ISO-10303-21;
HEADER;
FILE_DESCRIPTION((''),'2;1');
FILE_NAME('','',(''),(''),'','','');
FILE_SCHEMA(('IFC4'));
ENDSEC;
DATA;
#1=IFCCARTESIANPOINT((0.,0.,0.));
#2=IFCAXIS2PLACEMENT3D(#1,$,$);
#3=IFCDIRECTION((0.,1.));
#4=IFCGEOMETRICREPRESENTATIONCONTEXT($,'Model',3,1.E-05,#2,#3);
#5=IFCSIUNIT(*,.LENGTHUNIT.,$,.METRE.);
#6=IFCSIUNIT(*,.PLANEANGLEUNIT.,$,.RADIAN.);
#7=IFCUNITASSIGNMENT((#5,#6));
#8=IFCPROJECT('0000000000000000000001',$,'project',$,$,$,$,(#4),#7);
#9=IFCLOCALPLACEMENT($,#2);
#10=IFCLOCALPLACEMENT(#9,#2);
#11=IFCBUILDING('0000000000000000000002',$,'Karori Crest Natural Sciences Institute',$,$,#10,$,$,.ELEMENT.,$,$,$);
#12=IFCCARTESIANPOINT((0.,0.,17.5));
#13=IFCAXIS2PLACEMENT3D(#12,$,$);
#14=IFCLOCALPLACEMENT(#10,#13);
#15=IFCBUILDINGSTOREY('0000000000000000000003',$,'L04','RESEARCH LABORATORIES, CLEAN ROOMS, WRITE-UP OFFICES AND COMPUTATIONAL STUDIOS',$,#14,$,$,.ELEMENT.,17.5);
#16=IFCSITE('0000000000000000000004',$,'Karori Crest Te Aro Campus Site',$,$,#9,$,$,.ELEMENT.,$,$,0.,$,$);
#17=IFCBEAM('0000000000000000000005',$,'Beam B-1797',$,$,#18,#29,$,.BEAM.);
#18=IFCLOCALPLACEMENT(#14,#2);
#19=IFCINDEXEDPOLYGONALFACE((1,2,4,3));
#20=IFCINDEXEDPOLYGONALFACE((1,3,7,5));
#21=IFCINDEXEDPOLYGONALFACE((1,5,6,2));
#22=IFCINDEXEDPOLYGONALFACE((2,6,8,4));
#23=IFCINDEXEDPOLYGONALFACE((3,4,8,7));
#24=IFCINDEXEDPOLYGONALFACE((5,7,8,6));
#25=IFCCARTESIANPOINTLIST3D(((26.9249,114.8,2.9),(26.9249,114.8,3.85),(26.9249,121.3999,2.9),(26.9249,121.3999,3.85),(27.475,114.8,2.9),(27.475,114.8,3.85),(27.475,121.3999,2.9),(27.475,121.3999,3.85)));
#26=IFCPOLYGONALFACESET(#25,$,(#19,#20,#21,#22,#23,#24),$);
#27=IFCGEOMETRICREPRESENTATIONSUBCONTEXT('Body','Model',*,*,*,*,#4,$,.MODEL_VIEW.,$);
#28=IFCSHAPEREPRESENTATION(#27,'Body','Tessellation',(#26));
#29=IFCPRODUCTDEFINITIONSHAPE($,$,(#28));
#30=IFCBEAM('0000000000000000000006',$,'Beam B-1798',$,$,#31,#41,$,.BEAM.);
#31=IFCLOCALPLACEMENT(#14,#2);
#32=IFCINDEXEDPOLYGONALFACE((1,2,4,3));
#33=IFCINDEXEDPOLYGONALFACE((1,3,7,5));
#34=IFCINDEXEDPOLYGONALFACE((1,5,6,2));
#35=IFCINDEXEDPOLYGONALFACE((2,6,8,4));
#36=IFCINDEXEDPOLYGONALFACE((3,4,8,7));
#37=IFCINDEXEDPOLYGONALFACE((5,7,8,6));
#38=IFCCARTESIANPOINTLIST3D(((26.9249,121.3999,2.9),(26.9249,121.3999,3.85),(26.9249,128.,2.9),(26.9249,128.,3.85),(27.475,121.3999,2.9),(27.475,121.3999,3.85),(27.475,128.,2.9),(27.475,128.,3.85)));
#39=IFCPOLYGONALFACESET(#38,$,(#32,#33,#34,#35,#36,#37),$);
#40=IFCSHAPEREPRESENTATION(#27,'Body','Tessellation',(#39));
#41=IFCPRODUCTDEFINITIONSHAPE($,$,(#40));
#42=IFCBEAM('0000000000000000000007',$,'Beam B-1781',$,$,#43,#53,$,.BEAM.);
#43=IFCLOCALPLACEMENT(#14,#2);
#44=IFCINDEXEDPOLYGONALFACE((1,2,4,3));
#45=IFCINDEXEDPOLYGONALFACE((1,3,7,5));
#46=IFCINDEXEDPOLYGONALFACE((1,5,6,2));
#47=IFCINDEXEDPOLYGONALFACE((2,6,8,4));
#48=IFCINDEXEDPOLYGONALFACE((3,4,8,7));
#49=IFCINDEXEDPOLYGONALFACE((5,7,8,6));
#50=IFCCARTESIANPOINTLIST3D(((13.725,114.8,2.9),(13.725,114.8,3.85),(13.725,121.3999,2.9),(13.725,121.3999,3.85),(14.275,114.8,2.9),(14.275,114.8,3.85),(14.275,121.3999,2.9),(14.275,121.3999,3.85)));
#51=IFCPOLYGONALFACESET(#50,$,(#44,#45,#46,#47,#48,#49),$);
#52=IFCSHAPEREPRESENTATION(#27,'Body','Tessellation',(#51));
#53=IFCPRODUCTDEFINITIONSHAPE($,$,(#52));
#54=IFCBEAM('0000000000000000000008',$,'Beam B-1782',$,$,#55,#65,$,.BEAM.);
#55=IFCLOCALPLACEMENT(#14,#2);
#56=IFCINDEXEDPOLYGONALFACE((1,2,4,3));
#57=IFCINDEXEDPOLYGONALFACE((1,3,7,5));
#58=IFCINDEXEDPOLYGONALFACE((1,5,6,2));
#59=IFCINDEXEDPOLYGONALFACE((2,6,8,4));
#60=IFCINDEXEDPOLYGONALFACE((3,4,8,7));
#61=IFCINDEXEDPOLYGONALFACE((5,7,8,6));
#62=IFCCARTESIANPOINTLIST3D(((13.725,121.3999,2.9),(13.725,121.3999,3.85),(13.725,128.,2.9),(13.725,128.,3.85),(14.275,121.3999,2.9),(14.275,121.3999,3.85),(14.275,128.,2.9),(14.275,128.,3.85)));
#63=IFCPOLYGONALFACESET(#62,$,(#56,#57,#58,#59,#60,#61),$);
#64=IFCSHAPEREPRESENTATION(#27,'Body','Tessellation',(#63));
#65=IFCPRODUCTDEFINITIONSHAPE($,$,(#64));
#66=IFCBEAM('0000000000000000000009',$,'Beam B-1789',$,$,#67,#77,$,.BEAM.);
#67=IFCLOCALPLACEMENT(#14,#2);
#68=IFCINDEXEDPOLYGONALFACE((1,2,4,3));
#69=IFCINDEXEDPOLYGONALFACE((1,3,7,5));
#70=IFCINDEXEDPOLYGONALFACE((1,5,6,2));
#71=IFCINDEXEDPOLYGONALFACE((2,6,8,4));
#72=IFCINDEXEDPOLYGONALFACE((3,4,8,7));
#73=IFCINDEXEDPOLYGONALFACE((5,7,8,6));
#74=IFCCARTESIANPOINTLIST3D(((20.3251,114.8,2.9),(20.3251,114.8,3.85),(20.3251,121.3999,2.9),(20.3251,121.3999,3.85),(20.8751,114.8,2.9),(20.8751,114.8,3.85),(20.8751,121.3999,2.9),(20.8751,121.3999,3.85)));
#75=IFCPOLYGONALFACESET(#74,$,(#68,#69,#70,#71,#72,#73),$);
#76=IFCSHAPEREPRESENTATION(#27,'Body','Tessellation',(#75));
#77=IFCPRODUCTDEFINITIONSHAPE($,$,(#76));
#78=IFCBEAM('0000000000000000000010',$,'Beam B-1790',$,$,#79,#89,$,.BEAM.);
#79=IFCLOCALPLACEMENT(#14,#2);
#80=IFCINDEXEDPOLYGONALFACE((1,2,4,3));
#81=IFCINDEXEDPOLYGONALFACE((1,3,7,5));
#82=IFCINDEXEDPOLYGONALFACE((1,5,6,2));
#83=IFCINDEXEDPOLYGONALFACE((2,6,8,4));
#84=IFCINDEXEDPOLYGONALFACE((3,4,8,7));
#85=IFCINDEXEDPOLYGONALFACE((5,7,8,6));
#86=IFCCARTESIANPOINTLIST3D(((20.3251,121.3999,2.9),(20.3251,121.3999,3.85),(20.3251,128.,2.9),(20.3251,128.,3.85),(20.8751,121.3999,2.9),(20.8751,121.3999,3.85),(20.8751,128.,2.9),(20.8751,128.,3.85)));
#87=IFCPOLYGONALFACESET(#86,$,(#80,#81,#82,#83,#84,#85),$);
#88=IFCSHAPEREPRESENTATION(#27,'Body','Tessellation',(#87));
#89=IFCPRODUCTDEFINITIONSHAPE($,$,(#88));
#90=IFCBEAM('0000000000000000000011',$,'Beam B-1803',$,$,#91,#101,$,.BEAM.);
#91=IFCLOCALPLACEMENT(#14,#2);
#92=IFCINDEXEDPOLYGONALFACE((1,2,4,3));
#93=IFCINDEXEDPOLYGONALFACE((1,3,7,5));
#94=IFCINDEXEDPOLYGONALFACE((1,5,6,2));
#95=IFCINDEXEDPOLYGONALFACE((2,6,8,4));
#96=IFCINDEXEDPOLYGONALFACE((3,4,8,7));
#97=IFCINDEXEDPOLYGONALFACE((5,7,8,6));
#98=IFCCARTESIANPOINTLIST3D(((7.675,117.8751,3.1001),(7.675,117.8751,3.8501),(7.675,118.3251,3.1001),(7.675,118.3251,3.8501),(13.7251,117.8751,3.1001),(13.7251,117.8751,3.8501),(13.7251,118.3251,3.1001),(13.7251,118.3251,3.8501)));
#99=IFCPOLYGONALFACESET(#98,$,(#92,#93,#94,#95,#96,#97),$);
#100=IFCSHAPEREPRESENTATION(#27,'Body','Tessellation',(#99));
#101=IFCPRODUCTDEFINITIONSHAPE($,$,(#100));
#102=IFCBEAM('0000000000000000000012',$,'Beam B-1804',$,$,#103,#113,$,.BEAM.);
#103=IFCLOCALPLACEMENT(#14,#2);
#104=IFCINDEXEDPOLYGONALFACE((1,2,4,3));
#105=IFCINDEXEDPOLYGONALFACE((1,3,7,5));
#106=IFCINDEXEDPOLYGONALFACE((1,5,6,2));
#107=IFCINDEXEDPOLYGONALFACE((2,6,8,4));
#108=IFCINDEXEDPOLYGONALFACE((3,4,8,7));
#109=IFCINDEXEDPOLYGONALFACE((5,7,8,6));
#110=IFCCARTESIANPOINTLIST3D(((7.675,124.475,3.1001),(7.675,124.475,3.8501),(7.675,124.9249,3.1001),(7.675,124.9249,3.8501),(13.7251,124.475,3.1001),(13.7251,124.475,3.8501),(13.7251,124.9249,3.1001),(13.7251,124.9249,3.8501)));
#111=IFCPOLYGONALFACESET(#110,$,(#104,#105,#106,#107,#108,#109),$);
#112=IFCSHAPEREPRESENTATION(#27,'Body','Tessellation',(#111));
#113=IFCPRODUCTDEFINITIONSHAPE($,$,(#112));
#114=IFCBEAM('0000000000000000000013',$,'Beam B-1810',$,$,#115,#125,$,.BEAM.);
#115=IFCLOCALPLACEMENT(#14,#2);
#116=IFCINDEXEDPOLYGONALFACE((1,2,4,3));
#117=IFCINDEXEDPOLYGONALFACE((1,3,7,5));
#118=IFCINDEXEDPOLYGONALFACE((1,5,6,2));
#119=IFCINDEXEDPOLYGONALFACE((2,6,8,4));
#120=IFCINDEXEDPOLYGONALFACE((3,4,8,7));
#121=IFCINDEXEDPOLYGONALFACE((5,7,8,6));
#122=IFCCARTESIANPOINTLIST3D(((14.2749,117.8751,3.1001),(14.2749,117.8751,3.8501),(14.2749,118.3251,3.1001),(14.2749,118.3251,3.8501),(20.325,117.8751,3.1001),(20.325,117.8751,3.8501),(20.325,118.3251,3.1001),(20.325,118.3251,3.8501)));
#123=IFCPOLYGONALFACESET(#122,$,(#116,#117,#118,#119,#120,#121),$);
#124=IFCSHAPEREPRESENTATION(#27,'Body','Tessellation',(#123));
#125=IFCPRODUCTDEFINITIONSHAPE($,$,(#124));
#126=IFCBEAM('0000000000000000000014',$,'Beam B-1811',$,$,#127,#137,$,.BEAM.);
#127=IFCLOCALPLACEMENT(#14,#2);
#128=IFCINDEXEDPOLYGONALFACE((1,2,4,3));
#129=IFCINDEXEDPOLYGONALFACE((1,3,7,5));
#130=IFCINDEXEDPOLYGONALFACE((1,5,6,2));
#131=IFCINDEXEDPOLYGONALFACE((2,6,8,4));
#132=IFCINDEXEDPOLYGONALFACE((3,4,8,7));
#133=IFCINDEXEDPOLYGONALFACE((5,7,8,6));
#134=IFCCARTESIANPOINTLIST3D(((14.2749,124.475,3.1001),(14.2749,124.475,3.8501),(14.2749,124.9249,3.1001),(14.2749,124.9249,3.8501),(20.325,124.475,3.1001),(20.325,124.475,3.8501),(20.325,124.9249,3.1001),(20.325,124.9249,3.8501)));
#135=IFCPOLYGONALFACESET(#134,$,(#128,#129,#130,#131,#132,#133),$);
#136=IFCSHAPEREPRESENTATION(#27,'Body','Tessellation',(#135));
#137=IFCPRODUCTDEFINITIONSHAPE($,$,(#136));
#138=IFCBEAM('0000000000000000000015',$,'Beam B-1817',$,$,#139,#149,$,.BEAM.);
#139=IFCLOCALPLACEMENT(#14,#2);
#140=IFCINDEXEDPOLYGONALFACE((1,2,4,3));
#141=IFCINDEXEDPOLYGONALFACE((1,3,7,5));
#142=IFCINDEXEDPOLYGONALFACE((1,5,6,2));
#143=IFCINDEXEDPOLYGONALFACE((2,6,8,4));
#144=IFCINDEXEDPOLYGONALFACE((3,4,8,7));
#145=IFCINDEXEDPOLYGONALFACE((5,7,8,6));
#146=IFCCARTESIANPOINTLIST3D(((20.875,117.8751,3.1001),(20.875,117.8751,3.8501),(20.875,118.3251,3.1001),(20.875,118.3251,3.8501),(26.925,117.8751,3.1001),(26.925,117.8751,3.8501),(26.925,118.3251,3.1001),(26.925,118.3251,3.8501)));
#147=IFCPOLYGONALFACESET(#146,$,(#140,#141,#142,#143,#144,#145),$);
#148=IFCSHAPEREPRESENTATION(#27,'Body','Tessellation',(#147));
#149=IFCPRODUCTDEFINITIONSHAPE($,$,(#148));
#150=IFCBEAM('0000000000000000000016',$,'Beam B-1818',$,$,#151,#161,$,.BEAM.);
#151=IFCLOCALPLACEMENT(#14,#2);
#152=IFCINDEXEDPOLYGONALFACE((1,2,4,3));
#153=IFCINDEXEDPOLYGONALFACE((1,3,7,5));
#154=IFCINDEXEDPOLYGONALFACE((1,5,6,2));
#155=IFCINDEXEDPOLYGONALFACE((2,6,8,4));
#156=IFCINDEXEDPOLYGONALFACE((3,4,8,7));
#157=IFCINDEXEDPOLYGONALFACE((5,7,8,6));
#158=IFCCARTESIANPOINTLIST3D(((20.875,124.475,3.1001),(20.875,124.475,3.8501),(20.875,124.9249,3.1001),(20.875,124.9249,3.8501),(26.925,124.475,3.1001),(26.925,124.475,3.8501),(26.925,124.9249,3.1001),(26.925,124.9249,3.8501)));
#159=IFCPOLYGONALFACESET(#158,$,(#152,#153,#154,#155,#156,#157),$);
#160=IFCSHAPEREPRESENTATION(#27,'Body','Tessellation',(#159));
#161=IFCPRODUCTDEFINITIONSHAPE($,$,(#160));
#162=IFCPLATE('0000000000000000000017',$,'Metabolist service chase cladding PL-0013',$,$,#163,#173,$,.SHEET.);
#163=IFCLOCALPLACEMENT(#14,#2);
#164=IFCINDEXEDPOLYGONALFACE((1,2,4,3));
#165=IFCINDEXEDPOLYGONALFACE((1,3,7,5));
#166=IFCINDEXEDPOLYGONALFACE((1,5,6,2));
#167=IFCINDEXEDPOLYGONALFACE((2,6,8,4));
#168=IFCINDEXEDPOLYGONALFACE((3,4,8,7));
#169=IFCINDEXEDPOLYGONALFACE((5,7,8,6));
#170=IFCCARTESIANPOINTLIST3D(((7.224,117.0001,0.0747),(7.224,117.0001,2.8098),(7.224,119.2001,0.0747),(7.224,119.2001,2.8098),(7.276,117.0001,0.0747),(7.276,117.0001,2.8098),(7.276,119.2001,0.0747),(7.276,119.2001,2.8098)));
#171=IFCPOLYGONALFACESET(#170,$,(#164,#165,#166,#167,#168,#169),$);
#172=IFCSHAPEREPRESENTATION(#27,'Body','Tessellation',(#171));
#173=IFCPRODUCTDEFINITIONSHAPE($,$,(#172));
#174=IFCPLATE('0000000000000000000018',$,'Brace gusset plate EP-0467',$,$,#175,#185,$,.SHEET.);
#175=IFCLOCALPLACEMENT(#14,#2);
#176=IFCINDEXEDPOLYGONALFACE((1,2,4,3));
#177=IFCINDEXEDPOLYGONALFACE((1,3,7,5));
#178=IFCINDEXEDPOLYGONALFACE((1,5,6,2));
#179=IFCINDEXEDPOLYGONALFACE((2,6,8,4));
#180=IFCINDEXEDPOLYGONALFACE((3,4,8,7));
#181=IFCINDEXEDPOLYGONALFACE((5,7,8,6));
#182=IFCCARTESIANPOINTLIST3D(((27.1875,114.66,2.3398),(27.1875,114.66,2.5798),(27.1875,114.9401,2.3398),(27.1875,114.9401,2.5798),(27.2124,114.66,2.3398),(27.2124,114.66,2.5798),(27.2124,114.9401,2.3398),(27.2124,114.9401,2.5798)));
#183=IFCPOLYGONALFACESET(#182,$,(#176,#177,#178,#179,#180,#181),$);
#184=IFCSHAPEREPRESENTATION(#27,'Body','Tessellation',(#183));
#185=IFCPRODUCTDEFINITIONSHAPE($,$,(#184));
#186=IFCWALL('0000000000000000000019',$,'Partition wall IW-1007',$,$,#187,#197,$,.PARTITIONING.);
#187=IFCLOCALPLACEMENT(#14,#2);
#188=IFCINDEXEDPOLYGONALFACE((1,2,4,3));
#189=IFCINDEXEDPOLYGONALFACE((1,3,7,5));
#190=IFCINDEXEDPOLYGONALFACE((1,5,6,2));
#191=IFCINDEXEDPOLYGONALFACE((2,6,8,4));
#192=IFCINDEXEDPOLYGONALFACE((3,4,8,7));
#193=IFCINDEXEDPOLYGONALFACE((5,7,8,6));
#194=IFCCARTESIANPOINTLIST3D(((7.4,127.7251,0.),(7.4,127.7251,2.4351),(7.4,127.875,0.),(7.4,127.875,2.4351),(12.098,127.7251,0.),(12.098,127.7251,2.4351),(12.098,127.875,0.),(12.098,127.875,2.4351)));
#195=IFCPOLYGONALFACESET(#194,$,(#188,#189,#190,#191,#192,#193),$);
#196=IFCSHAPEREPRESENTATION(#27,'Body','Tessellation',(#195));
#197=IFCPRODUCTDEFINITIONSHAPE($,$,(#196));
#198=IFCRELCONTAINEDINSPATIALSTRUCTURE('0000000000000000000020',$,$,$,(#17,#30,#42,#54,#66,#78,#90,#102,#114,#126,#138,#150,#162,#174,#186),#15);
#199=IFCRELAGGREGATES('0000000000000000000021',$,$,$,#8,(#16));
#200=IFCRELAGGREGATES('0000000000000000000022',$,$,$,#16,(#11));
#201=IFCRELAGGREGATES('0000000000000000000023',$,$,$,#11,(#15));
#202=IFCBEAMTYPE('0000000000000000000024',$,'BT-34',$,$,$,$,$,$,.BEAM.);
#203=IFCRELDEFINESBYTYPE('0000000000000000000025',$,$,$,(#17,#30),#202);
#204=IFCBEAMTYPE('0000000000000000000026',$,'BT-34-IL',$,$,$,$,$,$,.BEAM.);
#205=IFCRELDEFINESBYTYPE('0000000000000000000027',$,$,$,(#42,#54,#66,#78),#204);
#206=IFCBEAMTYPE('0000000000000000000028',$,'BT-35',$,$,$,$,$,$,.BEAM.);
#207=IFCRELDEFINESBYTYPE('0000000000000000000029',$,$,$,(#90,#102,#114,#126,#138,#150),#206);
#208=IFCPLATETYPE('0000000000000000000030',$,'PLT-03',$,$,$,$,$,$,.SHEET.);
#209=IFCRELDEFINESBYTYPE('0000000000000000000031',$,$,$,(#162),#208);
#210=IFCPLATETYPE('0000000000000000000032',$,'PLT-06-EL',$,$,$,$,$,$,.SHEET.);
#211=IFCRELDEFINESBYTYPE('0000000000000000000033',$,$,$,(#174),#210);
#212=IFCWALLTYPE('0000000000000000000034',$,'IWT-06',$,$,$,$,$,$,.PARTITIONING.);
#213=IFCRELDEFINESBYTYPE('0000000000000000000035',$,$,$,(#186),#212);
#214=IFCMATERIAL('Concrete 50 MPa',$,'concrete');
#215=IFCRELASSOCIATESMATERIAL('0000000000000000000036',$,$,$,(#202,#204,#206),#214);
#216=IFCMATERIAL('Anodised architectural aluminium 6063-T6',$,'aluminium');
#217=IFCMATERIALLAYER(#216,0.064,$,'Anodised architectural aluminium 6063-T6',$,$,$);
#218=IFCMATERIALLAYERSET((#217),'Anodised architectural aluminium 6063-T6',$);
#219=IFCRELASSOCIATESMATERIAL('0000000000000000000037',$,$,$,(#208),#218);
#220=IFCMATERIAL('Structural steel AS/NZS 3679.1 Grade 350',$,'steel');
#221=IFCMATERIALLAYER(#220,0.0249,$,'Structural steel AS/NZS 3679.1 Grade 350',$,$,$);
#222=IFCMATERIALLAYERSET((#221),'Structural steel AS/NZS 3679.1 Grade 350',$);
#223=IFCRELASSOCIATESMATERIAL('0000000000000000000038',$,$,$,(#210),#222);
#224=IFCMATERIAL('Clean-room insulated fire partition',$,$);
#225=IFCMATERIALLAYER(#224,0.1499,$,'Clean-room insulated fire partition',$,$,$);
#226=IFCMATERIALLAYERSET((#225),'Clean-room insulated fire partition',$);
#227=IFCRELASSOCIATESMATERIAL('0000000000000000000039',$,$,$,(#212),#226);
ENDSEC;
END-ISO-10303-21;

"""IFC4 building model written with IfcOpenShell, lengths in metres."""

from ifc_helpers import new_model, si_unit, direction, frame, frame_2d, origin, origin_2d, place, context, subcontext, project, spatial, rectangle, extrude, material, layer, layer_set, material_profile, profile_set, type_object, element, save


model = new_model("IFC4")

# Units and contexts
model_context = context("Model", 3, precision=1e-05, world=origin(), true_north=direction((0.0, 1.0)))
body_context = subcontext(model_context, "Body", "Model", "MODEL_VIEW")
ifc_project = project(units=[si_unit("LENGTHUNIT", "METRE"), si_unit("PLANEANGLEUNIT", "RADIAN")], contexts=[model_context])

# Site, building, storey
site_placement = place(None, origin())
site = spatial("IfcSite", under=ifc_project, at=site_placement, Name="Karori Crest Te Aro Campus Site", CompositionType="ELEMENT", RefElevation=0.0)
building_placement = place(site_placement, origin())
building = spatial("IfcBuilding", under=site, at=building_placement, Name="Karori Crest Natural Sciences Institute", CompositionType="ELEMENT")
storey_placement = place(building_placement, frame((0.0, 0.0, 17.5)))
storey = spatial("IfcBuildingStorey", under=building, at=storey_placement, Name="L04", Description="RESEARCH LABORATORIES, CLEAN ROOMS, WRITE-UP OFFICES AND COMPUTATIONAL STUDIOS", CompositionType="ELEMENT", Elevation=17.5)

# Shared definitions
ifc_material_1 = material(Name="Concrete 50 MPa", Category="concrete")

# Beams
ifc_material_profile_1 = material_profile(ifc_material_1, rectangle(XDim=0.55, YDim=0.95, at=origin_2d()), Name="RCB550x950")
ifc_profile_set_1 = profile_set([ifc_material_profile_1], Name="Concrete 50 MPa")
beam_type_1 = type_object("IfcBeamType", Name="BT-34", PredefinedType="BEAM", material=ifc_profile_set_1)
beam_1_placement = place(storey_placement, frame((27.2, 114.8, 3.375), z_axis=(0.0, 1.0, 0.0), x_axis=(-1.0, 0.0, 0.0)))
element("IfcBeam", 1, at=beam_1_placement, inside=storey, type_object=beam_type_1, Name="Beam B-1797", PredefinedType="BEAM", context=body_context, shape_type="SweptSolid", body=[
    extrude(rectangle(XDim=0.55, YDim=0.95, at=origin_2d()), origin(), (0.0, 0.0, 1.0), 6.5999),
])
beam_2_placement = place(storey_placement, frame((27.2, 121.3999, 3.375), z_axis=(0.0, 1.0, 0.0), x_axis=(-1.0, 0.0, 0.0)))
element("IfcBeam", 2, at=beam_2_placement, inside=storey, type_object=beam_type_1, Name="Beam B-1798", PredefinedType="BEAM", context=body_context, shape_type="SweptSolid", body=[
    extrude(rectangle(XDim=0.55, YDim=0.95, at=origin_2d()), origin(), (0.0, 0.0, 1.0), 6.6001),
])
ifc_material_profile_2 = material_profile(ifc_material_1, rectangle(XDim=0.55, YDim=0.95, at=origin_2d()), Name="RCB550x950")
ifc_profile_set_2 = profile_set([ifc_material_profile_2], Name="Concrete 50 MPa")
beam_type_2 = type_object("IfcBeamType", Name="BT-34-IL", PredefinedType="BEAM", material=ifc_profile_set_2)
beam_3_placement = place(storey_placement, frame((14.0, 114.8, 3.375), z_axis=(0.0, 1.0, 0.0), x_axis=(-1.0, 0.0, 0.0)))
element("IfcBeam", 3, at=beam_3_placement, inside=storey, type_object=beam_type_2, Name="Beam B-1781", PredefinedType="BEAM", context=body_context, shape_type="SweptSolid", body=[
    extrude(rectangle(XDim=0.55, YDim=0.95, at=origin_2d()), origin(), (0.0, 0.0, 1.0), 6.5999),
])
beam_4_placement = place(storey_placement, frame((14.0, 121.3999, 3.375), z_axis=(0.0, 1.0, 0.0), x_axis=(-1.0, 0.0, 0.0)))
element("IfcBeam", 4, at=beam_4_placement, inside=storey, type_object=beam_type_2, Name="Beam B-1782", PredefinedType="BEAM", context=body_context, shape_type="SweptSolid", body=[
    extrude(rectangle(XDim=0.55, YDim=0.95, at=origin_2d()), origin(), (0.0, 0.0, 1.0), 6.6001),
])
beam_5_placement = place(storey_placement, frame((20.6001, 114.8, 3.375), z_axis=(0.0, 1.0, 0.0), x_axis=(-1.0, 0.0, 0.0)))
element("IfcBeam", 5, at=beam_5_placement, inside=storey, type_object=beam_type_2, Name="Beam B-1789", PredefinedType="BEAM", context=body_context, shape_type="SweptSolid", body=[
    extrude(rectangle(XDim=0.55, YDim=0.95, at=origin_2d()), origin(), (0.0, 0.0, 1.0), 6.5999),
])
beam_6_placement = place(storey_placement, frame((20.6001, 121.3999, 3.375), z_axis=(0.0, 1.0, 0.0), x_axis=(-1.0, 0.0, 0.0)))
element("IfcBeam", 6, at=beam_6_placement, inside=storey, type_object=beam_type_2, Name="Beam B-1790", PredefinedType="BEAM", context=body_context, shape_type="SweptSolid", body=[
    extrude(rectangle(XDim=0.55, YDim=0.95, at=origin_2d()), origin(), (0.0, 0.0, 1.0), 6.6001),
])
ifc_material_profile_3 = material_profile(ifc_material_1, rectangle(XDim=0.45, YDim=0.75, at=origin_2d()), Name="RCB450x750")
ifc_profile_set_3 = profile_set([ifc_material_profile_3], Name="Concrete 50 MPa")
beam_type_3 = type_object("IfcBeamType", Name="BT-35", PredefinedType="BEAM", material=ifc_profile_set_3)
for number, where, z_axis, x_axis, name in (
    (7, (7.675, 118.1001, 3.4751), (1.0, 0.0, 0.0), (0.0, 1.0, 0.0), "Beam B-1803"),
    (8, (7.675, 124.7, 3.4751), (1.0, 0.0, 0.0), (0.0, 1.0, 0.0), "Beam B-1804"),
    (9, (14.2749, 118.1001, 3.4751), (1.0, 0.0, 0.0), (0.0, 1.0, 0.0), "Beam B-1810"),
    (10, (14.2749, 124.7, 3.4751), (1.0, 0.0, 0.0), (0.0, 1.0, 0.0), "Beam B-1811"),
    (11, (20.875, 118.1001, 3.4751), (1.0, 0.0, 0.0), (0.0, 1.0, 0.0), "Beam B-1817"),
    (12, (20.875, 124.7, 3.4751), (1.0, 0.0, 0.0), (0.0, 1.0, 0.0), "Beam B-1818"),
):
    element("IfcBeam", number, at=place(storey_placement, frame(where, z_axis=z_axis, x_axis=x_axis)), inside=storey, type_object=beam_type_3, Name=name, PredefinedType="BEAM", context=body_context, shape_type="SweptSolid", body=[
        extrude(rectangle(XDim=0.45, YDim=0.75, at=origin_2d()), origin(), (0.0, 0.0, 1.0), 6.05),
    ])

# Plates
ifc_material_2 = material(Name="Anodised architectural aluminium 6063-T6", Category="aluminium")
ifc_layer_1 = layer(ifc_material_2, 0.064, Name="Anodised architectural aluminium 6063-T6")
ifc_layer_set_1 = layer_set([ifc_layer_1], Name="Anodised architectural aluminium 6063-T6")
plate_type_1 = type_object("IfcPlateType", Name="PLT-03", PredefinedType="SHEET", material=ifc_layer_set_1)
plate_1_placement = place(storey_placement, frame((7.25, 118.1001, 0.0747), z_axis=(0.0, 0.0, 1.0), x_axis=(1.0, 0.0, 0.0)))
element("IfcPlate", 13, at=plate_1_placement, inside=storey, type_object=plate_type_1, Name="Metabolist service chase cladding PL-0013", PredefinedType="SHEET", context=body_context, shape_type="SweptSolid", body=[
    extrude(rectangle(XDim=0.052, YDim=2.2, at=origin_2d()), origin(), (0.0, 0.0, 1.0), 2.7351),
])
ifc_material_3 = material(Name="Structural steel AS/NZS 3679.1 Grade 350", Category="steel")
ifc_layer_2 = layer(ifc_material_3, 0.0249, Name="Structural steel AS/NZS 3679.1 Grade 350")
ifc_layer_set_2 = layer_set([ifc_layer_2], Name="Structural steel AS/NZS 3679.1 Grade 350")
plate_type_2 = type_object("IfcPlateType", Name="PLT-06-EL", PredefinedType="SHEET", material=ifc_layer_set_2)
plate_2_placement = place(storey_placement, frame((27.2, 114.8, 2.3398), z_axis=(0.0, 0.0, 1.0), x_axis=(0.0, 1.0, 0.0)))
element("IfcPlate", 14, at=plate_2_placement, inside=storey, type_object=plate_type_2, Name="Brace gusset plate EP-0467", PredefinedType="SHEET", context=body_context, shape_type="SweptSolid", body=[
    extrude(rectangle(XDim=0.28, YDim=0.0249, at=origin_2d()), origin(), (0.0, 0.0, 1.0), 0.24),
])

# Wall
ifc_material_4 = material(Name="Clean-room insulated fire partition")
ifc_layer_3 = layer(ifc_material_4, 0.1499, Name="Clean-room insulated fire partition")
ifc_layer_set_3 = layer_set([ifc_layer_3], Name="Clean-room insulated fire partition")
wall_type = type_object("IfcWallType", Name="IWT-06", PredefinedType="PARTITIONING", material=ifc_layer_set_3)
wall_1_placement = place(storey_placement, frame((7.3999, 127.8, 0.0), z_axis=(0.0, 0.0, 1.0), x_axis=(1.0, 0.0, 0.0)))
element("IfcWall", 15, at=wall_1_placement, inside=storey, type_object=wall_type, Name="Partition wall IW-1007", PredefinedType="PARTITIONING", context=body_context, shape_type="SweptSolid", body=[
    extrude(rectangle(XDim=4.698, YDim=0.1499, at=frame_2d((2.3491, 0.0))), origin(), (0.0, 0.0, 1.0), 2.4351),
])

save(model, "model.ifc")
